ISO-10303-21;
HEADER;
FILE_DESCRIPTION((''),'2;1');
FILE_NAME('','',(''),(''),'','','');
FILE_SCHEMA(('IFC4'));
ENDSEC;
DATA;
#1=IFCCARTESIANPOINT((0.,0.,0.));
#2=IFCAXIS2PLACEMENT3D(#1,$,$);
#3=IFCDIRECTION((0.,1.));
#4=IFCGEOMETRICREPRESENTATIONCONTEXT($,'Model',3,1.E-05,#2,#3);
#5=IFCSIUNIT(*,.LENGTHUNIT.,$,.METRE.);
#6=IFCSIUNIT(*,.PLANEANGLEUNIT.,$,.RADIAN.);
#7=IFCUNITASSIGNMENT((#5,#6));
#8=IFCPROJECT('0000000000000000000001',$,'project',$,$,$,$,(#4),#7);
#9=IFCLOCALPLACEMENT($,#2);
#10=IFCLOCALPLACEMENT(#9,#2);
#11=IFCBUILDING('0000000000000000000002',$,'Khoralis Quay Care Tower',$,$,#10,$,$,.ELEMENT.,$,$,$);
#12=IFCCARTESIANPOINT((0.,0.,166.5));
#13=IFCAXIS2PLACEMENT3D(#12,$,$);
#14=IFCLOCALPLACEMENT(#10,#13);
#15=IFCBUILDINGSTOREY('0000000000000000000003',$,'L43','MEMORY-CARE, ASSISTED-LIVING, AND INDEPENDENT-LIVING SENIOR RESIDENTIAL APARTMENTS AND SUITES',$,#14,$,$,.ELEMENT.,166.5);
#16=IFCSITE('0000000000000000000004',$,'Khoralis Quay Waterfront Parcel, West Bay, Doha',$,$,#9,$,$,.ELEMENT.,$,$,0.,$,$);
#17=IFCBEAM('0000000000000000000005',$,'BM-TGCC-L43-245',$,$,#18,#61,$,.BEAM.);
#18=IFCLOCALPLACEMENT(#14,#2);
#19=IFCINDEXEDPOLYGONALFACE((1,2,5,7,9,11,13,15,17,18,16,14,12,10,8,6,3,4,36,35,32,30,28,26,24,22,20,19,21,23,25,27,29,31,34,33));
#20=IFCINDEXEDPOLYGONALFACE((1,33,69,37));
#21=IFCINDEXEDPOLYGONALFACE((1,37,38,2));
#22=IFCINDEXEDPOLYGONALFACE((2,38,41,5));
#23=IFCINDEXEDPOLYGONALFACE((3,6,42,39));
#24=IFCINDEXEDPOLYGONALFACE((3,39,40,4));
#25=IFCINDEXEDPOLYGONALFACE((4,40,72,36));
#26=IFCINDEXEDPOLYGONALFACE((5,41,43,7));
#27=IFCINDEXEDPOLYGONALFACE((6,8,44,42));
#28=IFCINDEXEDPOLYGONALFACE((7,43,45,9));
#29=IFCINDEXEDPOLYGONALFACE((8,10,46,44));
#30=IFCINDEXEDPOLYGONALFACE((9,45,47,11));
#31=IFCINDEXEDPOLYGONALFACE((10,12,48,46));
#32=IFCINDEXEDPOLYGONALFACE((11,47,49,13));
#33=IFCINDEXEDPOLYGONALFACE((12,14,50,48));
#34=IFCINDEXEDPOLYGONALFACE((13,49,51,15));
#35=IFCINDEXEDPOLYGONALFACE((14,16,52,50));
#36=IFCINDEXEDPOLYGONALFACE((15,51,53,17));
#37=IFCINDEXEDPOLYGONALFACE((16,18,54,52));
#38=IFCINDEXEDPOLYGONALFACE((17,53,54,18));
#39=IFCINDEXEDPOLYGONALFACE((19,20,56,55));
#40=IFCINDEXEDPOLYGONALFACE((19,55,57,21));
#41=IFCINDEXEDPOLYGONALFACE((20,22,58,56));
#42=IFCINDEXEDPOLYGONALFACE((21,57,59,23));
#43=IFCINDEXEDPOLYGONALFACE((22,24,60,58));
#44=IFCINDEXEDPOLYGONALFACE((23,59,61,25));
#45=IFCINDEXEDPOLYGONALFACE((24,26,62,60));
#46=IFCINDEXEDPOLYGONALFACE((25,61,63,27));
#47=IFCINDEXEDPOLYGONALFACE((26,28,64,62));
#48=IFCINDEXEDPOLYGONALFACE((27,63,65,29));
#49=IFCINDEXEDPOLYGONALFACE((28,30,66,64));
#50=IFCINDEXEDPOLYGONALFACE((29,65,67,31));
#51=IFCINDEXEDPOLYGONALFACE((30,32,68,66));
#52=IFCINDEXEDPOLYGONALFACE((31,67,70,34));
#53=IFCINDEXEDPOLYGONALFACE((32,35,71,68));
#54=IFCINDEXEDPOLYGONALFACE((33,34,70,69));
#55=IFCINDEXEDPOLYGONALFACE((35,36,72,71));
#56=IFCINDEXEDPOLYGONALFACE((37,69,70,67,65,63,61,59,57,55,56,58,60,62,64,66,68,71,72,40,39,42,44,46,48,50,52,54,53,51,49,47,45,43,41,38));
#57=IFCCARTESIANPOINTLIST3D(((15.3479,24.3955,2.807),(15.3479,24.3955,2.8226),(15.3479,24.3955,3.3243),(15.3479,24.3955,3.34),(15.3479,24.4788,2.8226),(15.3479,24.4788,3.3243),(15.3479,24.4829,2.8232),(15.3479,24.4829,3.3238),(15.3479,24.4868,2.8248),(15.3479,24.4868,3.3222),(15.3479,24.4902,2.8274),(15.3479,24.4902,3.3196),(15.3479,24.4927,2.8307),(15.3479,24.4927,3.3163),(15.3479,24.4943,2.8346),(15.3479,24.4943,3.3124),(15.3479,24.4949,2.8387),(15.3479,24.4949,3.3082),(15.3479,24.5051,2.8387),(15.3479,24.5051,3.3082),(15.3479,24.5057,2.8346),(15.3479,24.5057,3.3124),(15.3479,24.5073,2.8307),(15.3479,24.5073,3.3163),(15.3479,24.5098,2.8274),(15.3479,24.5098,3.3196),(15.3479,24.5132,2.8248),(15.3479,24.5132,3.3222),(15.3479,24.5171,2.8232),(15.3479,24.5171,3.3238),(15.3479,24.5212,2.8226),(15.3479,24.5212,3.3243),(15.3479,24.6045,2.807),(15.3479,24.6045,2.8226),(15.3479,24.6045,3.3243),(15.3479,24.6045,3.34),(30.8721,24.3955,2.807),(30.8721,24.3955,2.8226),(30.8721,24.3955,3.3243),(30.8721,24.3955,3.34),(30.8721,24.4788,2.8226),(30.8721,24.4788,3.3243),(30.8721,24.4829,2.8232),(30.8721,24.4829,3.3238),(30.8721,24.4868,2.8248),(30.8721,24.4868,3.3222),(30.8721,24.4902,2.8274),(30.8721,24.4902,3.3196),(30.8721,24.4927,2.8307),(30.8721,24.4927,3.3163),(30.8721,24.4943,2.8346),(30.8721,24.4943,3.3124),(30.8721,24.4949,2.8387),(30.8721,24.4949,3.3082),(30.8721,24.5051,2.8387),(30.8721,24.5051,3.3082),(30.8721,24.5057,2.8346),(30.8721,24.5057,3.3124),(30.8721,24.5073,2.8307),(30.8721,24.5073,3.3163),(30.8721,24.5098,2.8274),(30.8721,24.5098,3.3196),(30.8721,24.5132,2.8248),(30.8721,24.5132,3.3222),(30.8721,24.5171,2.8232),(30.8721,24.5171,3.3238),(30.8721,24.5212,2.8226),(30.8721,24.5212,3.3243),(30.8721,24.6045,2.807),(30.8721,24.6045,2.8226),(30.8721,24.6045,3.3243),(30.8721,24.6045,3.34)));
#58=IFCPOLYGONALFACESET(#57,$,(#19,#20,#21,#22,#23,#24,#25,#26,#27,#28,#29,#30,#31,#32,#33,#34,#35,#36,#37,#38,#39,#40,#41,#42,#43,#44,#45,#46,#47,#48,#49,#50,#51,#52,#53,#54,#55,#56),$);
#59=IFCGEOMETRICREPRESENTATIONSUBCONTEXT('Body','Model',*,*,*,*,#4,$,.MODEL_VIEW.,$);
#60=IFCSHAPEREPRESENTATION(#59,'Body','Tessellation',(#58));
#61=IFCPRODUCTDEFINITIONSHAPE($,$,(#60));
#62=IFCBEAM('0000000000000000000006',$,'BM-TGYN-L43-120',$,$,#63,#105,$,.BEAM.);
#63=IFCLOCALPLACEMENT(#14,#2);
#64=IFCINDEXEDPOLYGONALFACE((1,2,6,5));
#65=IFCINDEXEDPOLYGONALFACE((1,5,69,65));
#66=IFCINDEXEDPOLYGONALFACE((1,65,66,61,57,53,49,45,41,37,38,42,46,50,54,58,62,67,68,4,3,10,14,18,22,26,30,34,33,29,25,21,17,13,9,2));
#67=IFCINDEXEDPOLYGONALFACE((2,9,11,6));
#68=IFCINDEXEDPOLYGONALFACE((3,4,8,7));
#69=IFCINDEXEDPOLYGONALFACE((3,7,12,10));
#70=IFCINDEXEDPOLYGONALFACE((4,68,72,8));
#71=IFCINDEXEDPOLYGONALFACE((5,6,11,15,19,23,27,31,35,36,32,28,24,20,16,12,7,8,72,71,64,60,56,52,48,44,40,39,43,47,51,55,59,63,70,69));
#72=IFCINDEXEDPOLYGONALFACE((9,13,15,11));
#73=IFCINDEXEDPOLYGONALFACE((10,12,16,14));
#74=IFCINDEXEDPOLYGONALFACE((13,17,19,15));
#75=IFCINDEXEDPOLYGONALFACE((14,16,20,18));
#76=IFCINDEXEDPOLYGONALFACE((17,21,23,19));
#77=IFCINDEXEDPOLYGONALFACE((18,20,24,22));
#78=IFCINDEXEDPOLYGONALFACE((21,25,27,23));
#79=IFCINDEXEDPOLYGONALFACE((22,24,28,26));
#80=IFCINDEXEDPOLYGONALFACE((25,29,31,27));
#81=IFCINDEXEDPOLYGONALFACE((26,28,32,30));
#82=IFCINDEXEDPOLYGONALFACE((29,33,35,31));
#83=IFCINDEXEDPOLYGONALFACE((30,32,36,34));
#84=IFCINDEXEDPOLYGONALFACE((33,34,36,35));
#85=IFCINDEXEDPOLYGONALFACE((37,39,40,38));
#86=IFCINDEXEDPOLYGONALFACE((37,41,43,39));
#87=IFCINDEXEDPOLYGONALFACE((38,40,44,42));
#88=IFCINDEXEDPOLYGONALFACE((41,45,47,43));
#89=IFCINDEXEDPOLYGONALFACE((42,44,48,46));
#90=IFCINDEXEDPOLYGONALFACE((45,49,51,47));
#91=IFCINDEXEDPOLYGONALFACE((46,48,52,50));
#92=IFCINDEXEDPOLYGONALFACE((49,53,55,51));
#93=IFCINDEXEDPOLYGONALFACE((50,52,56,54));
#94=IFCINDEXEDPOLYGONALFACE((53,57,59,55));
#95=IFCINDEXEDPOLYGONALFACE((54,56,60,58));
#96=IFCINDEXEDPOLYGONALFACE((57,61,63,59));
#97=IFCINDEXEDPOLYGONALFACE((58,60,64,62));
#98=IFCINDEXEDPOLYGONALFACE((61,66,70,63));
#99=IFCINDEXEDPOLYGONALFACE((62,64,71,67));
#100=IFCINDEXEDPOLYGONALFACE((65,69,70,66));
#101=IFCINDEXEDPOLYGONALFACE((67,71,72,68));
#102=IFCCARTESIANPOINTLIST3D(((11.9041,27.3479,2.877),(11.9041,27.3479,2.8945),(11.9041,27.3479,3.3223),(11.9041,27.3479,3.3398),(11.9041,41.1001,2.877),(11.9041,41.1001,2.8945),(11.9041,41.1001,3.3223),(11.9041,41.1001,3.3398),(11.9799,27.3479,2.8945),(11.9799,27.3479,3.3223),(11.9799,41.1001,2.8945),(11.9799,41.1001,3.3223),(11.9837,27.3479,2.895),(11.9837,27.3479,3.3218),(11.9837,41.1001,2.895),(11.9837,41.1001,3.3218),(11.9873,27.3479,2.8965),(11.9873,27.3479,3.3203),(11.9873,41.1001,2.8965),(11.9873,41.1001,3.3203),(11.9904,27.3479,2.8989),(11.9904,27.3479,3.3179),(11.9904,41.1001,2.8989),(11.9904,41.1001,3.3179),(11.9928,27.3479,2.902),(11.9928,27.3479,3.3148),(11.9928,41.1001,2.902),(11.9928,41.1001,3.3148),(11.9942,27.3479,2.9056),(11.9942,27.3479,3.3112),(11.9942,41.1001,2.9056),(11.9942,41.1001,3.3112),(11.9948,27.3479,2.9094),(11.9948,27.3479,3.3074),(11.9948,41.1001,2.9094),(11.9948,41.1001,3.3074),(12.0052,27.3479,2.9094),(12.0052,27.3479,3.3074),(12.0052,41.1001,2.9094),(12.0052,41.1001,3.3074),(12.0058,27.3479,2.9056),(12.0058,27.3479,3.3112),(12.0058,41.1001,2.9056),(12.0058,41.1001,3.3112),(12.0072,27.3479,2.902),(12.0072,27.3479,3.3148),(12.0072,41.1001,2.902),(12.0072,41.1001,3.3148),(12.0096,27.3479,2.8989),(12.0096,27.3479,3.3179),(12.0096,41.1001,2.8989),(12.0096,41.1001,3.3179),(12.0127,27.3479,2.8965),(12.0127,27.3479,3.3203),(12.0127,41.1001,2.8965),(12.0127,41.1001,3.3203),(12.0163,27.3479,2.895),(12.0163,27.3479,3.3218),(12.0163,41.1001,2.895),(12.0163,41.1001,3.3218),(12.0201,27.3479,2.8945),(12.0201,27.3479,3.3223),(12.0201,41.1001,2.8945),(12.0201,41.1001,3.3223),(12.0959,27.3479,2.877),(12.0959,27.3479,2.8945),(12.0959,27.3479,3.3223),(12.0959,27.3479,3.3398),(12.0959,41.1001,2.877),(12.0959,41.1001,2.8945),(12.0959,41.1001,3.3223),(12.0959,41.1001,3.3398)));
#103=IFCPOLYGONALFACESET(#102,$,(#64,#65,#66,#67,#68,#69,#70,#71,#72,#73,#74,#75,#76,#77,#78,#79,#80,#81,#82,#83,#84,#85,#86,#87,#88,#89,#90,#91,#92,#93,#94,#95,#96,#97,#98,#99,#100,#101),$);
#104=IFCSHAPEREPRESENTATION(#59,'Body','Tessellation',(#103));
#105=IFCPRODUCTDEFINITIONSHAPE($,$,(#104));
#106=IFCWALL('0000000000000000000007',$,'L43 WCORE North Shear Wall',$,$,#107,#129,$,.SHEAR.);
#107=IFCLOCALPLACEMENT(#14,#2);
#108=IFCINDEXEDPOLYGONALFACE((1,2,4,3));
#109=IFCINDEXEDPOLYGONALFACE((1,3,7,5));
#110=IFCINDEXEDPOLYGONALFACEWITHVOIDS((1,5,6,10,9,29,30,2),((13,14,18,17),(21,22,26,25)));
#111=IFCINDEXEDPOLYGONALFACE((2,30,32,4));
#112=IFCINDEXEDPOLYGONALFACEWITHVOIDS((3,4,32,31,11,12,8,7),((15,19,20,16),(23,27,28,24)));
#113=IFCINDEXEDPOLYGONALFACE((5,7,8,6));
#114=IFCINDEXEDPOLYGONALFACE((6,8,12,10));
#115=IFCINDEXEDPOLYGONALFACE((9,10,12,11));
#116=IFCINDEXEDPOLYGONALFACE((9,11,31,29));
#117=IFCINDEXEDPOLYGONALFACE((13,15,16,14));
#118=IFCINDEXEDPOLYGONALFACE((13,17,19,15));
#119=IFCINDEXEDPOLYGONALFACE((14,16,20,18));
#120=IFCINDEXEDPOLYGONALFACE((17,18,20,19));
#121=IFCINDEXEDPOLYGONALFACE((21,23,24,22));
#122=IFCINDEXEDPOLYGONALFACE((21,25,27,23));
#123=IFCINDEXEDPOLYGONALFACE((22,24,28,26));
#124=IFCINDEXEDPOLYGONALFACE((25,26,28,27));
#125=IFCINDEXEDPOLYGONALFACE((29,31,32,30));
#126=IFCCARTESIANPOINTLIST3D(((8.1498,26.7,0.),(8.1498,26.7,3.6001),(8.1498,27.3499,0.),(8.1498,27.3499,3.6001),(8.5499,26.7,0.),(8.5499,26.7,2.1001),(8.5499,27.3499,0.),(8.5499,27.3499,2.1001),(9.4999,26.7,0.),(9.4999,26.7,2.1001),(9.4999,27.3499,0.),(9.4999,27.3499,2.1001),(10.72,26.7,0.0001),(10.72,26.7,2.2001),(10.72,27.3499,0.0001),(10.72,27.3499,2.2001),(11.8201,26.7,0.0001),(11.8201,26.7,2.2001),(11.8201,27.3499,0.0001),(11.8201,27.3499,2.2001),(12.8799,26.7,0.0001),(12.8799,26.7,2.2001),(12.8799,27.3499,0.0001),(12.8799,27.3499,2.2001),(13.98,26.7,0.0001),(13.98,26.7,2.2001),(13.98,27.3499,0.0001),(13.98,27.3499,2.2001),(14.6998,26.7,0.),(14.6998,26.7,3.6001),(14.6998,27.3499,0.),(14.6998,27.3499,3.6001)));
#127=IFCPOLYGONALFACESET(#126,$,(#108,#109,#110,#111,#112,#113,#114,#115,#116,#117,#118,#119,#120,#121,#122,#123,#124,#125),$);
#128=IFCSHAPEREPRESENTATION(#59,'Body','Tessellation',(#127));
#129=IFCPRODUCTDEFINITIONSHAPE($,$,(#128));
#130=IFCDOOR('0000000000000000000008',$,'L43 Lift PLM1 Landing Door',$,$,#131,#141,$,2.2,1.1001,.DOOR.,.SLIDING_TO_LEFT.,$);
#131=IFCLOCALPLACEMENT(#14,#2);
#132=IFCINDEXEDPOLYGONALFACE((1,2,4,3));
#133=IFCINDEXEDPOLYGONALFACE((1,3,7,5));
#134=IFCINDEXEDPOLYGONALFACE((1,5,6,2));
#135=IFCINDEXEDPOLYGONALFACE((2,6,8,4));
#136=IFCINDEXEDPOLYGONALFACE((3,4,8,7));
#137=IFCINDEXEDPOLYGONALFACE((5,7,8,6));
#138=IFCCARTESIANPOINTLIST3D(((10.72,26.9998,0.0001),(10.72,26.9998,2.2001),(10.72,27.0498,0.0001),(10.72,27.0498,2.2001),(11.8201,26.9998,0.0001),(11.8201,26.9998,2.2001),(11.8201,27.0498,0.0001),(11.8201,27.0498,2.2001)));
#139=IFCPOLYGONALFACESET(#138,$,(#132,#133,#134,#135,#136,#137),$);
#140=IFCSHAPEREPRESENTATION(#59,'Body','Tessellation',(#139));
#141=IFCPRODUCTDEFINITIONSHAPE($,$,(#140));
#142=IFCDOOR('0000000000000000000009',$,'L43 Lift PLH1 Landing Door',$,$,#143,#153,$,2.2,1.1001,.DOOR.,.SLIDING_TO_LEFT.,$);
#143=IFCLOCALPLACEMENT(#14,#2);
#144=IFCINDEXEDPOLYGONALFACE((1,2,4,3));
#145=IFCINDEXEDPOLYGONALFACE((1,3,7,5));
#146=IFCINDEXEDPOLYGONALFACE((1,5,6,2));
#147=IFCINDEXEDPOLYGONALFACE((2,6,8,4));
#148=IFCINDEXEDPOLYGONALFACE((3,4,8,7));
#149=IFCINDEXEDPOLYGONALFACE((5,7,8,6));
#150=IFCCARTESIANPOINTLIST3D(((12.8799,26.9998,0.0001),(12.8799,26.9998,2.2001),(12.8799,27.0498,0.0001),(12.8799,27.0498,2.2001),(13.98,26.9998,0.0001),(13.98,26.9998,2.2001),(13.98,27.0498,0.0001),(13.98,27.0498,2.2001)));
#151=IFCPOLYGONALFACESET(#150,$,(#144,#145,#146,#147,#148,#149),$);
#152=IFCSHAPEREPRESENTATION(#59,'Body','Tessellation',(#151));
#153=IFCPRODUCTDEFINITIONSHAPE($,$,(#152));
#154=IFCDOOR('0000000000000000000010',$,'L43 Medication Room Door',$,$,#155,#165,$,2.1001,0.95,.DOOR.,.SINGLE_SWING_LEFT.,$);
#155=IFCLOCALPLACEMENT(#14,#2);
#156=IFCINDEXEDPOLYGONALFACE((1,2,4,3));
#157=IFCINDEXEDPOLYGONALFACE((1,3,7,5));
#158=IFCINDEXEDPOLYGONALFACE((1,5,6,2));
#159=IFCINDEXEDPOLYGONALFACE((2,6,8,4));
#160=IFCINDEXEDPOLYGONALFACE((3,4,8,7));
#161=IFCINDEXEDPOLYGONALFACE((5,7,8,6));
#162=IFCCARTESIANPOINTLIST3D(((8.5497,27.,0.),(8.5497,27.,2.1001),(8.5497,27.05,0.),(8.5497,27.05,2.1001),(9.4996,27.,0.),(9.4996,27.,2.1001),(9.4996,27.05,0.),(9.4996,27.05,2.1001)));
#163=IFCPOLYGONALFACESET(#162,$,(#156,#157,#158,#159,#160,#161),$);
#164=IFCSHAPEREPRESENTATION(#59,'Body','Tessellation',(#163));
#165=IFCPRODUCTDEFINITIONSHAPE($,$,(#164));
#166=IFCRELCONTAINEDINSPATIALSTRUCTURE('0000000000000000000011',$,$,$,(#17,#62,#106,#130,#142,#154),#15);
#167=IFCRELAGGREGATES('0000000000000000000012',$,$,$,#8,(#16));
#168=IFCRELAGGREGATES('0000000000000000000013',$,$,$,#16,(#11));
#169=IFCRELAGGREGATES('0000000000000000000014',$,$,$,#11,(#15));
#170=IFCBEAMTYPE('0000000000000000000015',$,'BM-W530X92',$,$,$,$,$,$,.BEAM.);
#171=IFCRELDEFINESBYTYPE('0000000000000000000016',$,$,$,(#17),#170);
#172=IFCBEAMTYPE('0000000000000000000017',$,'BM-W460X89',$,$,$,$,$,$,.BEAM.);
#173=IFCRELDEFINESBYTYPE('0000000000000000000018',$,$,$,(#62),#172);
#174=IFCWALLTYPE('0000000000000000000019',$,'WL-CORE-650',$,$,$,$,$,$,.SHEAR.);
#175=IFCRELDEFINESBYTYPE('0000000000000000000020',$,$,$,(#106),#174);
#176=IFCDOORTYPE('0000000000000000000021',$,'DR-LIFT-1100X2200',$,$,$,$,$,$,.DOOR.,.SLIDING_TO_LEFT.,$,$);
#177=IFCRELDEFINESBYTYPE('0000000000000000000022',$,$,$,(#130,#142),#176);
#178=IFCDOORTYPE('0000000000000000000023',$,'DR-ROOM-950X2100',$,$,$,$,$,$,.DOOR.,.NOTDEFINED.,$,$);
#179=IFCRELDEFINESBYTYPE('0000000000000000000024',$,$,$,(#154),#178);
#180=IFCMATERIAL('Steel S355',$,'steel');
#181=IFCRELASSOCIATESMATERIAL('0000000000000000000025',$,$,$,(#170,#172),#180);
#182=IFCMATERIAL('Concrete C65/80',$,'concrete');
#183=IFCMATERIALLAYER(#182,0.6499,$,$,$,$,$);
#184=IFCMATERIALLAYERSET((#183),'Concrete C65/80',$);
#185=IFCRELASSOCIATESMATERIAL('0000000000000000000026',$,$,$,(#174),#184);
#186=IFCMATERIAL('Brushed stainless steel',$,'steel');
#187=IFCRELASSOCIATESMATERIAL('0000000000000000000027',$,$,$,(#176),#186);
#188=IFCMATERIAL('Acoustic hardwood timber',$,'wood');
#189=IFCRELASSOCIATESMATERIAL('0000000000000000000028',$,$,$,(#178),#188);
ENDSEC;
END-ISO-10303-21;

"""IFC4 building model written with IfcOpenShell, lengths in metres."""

from ifc_helpers import new_model, si_unit, direction, frame, frame_2d, origin, origin_2d, place, context, subcontext, project, spatial, rectangle, i_section, extrude, source, transform, mapped, material, layer, layer_set, material_profile, profile_set, type_object, element, fill, save


model = new_model("IFC4")

# Units and contexts
model_context = context("Model", 3, precision=1e-05, world=origin(), true_north=direction((0.0, 1.0)))
body_context = subcontext(model_context, "Body", "Model", "MODEL_VIEW")
ifc_project = project(units=[si_unit("LENGTHUNIT", "METRE"), si_unit("PLANEANGLEUNIT", "RADIAN")], contexts=[model_context])

# Site, building, storey
site_placement = place(None, origin())
site = spatial("IfcSite", under=ifc_project, at=site_placement, Name="Khoralis Quay Waterfront Parcel, West Bay, Doha", CompositionType="ELEMENT", RefElevation=0.0)
building_placement = place(site_placement, origin())
building = spatial("IfcBuilding", under=site, at=building_placement, Name="Khoralis Quay Care Tower", CompositionType="ELEMENT")
storey_placement = place(building_placement, frame((0.0, 0.0, 166.5)))
storey = spatial("IfcBuildingStorey", under=building, at=storey_placement, Name="L43", Description="MEMORY-CARE, ASSISTED-LIVING, AND INDEPENDENT-LIVING SENIOR RESIDENTIAL APARTMENTS AND SUITES", CompositionType="ELEMENT", Elevation=166.5)

# Shared definitions
ifc_material_1 = material(Name="Concrete C65/80", Category="concrete")

# Beams
ifc_material_2 = material(Name="Steel S355", Category="steel")
ifc_material_profile_1 = material_profile(ifc_material_2, i_section(OverallWidth=0.209, OverallDepth=0.533, WebThickness=0.0103, FlangeThickness=0.0156, FilletRadius=0.0161, at=origin_2d()), Name="Steel S355")
ifc_profile_set_1 = profile_set([ifc_material_profile_1], Name="Steel S355")
beam_type_1 = type_object("IfcBeamType", Name="BM-W530X92", PredefinedType="BEAM", material=ifc_profile_set_1)
shared_shape_1 = source(origin(), body_context, "Body", "SweptSolid", [
    extrude(i_section(OverallWidth=0.209, OverallDepth=0.533, WebThickness=0.0103, FlangeThickness=0.0156, FilletRadius=0.0161, at=origin_2d()), origin(), (0.0, 0.0, 1.0), 15.5242),
])
beam_1_placement = place(storey_placement, frame((15.3479, 24.5, 3.0735), z_axis=(1.0, 0.0, 0.0), x_axis=(0.0, 1.0, 0.0)))
element("IfcBeam", 1, at=beam_1_placement, inside=storey, type_object=beam_type_1, Name="BM-TGCC-L43-245", PredefinedType="BEAM", context=body_context, shape_type="MappedRepresentation", body=[
    mapped(shared_shape_1, transform((0.0, 0.0, 0.0), scale=1.0)),
])
ifc_material_profile_2 = material_profile(ifc_material_2, i_section(OverallWidth=0.1919, OverallDepth=0.4629, WebThickness=0.0105, FlangeThickness=0.0176, FilletRadius=0.0149, at=origin_2d()), Name="Steel S355")
ifc_profile_set_2 = profile_set([ifc_material_profile_2], Name="Steel S355")
beam_type_2 = type_object("IfcBeamType", Name="BM-W460X89", PredefinedType="BEAM", material=ifc_profile_set_2)
shared_shape_2 = source(origin(), body_context, "Body", "SweptSolid", [
    extrude(i_section(OverallWidth=0.1919, OverallDepth=0.4629, WebThickness=0.0105, FlangeThickness=0.0176, FilletRadius=0.0149, at=origin_2d()), origin(), (0.0, 0.0, 1.0), 13.7522),
])
beam_2_placement = place(storey_placement, frame((12.0, 27.3479, 3.1084), z_axis=(0.0, 1.0, 0.0), x_axis=(-1.0, 0.0, 0.0)))
element("IfcBeam", 2, at=beam_2_placement, inside=storey, type_object=beam_type_2, Name="BM-TGYN-L43-120", PredefinedType="BEAM", context=body_context, shape_type="MappedRepresentation", body=[
    mapped(shared_shape_2, transform((0.0, 0.0, 0.0), scale=1.0)),
])

# Wall, openings, doors
ifc_layer_1 = layer(ifc_material_1, 0.6499)
ifc_layer_set_1 = layer_set([ifc_layer_1], Name="Concrete C65/80")
wall_type_1 = type_object("IfcWallType", Name="WL-CORE-650", PredefinedType="SHEAR", material=ifc_layer_set_1)
wall_1_placement = place(storey_placement, frame((8.1499, 27.0249, 0.0), z_axis=(0.0, 0.0, 1.0), x_axis=(1.0, 0.0, 0.0)))
wall_1 = element("IfcWall", 3, at=wall_1_placement, inside=storey, type_object=wall_type_1, Name="L43 WCORE North Shear Wall", PredefinedType="SHEAR", context=body_context, shape_type="SweptSolid", body=[
    extrude(rectangle(XDim=6.55, YDim=0.6499, at=frame_2d((3.2749, 0.0))), origin(), (0.0, 0.0, 1.0), 3.6001),
])
opening_1_placement = place(wall_1_placement, frame((0.3999, 0.0, 0.0)))
opening_1 = element("IfcOpeningElement", 4, at=opening_1_placement, cuts=wall_1, PredefinedType="OPENING", context=body_context, shape_type="SweptSolid", body=[
    extrude(rectangle(XDim=0.95, YDim=2.1001, at=frame_2d((0.4751, 1.05))), frame((0.0, 0.335, 0.0), z_axis=(0.0, -1.0, 0.0), x_axis=(1.0, 0.0, 0.0)), (0.0, 0.0, 1.0), 0.6699),
])
opening_2_placement = place(wall_1_placement, frame((2.5701, 0.0, 0.0)))
opening_2 = element("IfcOpeningElement", 5, at=opening_2_placement, cuts=wall_1, PredefinedType="OPENING", context=body_context, shape_type="SweptSolid", body=[
    extrude(rectangle(XDim=1.1001, YDim=2.2, at=frame_2d((0.55, 1.1001))), frame((0.0, 0.335, 0.0), z_axis=(0.0, -1.0, 0.0), x_axis=(1.0, 0.0, 0.0)), (0.0, 0.0, 1.0), 0.6699),
])
opening_3_placement = place(wall_1_placement, frame((4.73, 0.0, 0.0)))
opening_3 = element("IfcOpeningElement", 6, at=opening_3_placement, cuts=wall_1, PredefinedType="OPENING", context=body_context, shape_type="SweptSolid", body=[
    extrude(rectangle(XDim=1.1001, YDim=2.2, at=frame_2d((0.55, 1.1001))), frame((0.0, 0.335, 0.0), z_axis=(0.0, -1.0, 0.0), x_axis=(1.0, 0.0, 0.0)), (0.0, 0.0, 1.0), 0.6699),
])
ifc_material_3 = material(Name="Brushed stainless steel", Category="steel")
door_type_1 = type_object("IfcDoorType", Name="DR-LIFT-1100X2200", OperationType="SLIDING_TO_LEFT", PredefinedType="DOOR", material=ifc_material_3)
shared_shape_3 = source(origin(), body_context, "Body", "SweptSolid", [
    extrude(rectangle(XDim=1.1001, YDim=2.2, at=frame_2d((0.55, 1.1001))), frame((0.0, 0.0249, 0.0), z_axis=(0.0, -1.0, 0.0), x_axis=(1.0, 0.0, 0.0)), (0.0, 0.0, 1.0), 0.05),
])
door_1_placement = place(opening_2_placement, origin())
door_1 = element("IfcDoor", 7, at=door_1_placement, inside=storey, type_object=door_type_1, Name="L43 Lift PLM1 Landing Door", OperationType="SLIDING_TO_LEFT", OverallHeight=2.2, OverallWidth=1.1001, PredefinedType="DOOR", context=body_context, shape_type="MappedRepresentation", body=[
    mapped(shared_shape_3, transform((0.0, 0.0, 0.0), scale=1.0)),
])
fill(opening_2, door_1)
door_2_placement = place(opening_3_placement, origin())
door_2 = element("IfcDoor", 8, at=door_2_placement, inside=storey, type_object=door_type_1, Name="L43 Lift PLH1 Landing Door", OperationType="SLIDING_TO_LEFT", OverallHeight=2.2, OverallWidth=1.1001, PredefinedType="DOOR", context=body_context, shape_type="MappedRepresentation", body=[
    mapped(shared_shape_3, transform((0.0, 0.0, 0.0), scale=1.0)),
])
fill(opening_3, door_2)
ifc_material_4 = material(Name="Acoustic hardwood timber", Category="wood")
door_type_2 = type_object("IfcDoorType", Name="DR-ROOM-950X2100", OperationType="NOTDEFINED", PredefinedType="DOOR", material=ifc_material_4)
shared_shape_4 = source(origin(), body_context, "Body", "SweptSolid", [
    extrude(rectangle(XDim=0.95, YDim=2.1001, at=frame_2d((0.4751, 1.05))), frame((0.0, 0.0249, 0.0), z_axis=(0.0, -1.0, 0.0), x_axis=(1.0, 0.0, 0.0)), (0.0, 0.0, 1.0), 0.05),
])
door_3_placement = place(opening_1_placement, frame((0.95, 0.0, 0.0), z_axis=(0.0, 0.0, 1.0), x_axis=(-1.0, 0.0, 0.0)))
door_3 = element("IfcDoor", 9, at=door_3_placement, inside=storey, type_object=door_type_2, Name="L43 Medication Room Door", OperationType="SINGLE_SWING_LEFT", OverallHeight=2.1001, OverallWidth=0.95, PredefinedType="DOOR", context=body_context, shape_type="MappedRepresentation", body=[
    mapped(shared_shape_4, transform((0.0, 0.0, 0.0), scale=1.0)),
])
fill(opening_1, door_3)

save(model, "model.ifc")
